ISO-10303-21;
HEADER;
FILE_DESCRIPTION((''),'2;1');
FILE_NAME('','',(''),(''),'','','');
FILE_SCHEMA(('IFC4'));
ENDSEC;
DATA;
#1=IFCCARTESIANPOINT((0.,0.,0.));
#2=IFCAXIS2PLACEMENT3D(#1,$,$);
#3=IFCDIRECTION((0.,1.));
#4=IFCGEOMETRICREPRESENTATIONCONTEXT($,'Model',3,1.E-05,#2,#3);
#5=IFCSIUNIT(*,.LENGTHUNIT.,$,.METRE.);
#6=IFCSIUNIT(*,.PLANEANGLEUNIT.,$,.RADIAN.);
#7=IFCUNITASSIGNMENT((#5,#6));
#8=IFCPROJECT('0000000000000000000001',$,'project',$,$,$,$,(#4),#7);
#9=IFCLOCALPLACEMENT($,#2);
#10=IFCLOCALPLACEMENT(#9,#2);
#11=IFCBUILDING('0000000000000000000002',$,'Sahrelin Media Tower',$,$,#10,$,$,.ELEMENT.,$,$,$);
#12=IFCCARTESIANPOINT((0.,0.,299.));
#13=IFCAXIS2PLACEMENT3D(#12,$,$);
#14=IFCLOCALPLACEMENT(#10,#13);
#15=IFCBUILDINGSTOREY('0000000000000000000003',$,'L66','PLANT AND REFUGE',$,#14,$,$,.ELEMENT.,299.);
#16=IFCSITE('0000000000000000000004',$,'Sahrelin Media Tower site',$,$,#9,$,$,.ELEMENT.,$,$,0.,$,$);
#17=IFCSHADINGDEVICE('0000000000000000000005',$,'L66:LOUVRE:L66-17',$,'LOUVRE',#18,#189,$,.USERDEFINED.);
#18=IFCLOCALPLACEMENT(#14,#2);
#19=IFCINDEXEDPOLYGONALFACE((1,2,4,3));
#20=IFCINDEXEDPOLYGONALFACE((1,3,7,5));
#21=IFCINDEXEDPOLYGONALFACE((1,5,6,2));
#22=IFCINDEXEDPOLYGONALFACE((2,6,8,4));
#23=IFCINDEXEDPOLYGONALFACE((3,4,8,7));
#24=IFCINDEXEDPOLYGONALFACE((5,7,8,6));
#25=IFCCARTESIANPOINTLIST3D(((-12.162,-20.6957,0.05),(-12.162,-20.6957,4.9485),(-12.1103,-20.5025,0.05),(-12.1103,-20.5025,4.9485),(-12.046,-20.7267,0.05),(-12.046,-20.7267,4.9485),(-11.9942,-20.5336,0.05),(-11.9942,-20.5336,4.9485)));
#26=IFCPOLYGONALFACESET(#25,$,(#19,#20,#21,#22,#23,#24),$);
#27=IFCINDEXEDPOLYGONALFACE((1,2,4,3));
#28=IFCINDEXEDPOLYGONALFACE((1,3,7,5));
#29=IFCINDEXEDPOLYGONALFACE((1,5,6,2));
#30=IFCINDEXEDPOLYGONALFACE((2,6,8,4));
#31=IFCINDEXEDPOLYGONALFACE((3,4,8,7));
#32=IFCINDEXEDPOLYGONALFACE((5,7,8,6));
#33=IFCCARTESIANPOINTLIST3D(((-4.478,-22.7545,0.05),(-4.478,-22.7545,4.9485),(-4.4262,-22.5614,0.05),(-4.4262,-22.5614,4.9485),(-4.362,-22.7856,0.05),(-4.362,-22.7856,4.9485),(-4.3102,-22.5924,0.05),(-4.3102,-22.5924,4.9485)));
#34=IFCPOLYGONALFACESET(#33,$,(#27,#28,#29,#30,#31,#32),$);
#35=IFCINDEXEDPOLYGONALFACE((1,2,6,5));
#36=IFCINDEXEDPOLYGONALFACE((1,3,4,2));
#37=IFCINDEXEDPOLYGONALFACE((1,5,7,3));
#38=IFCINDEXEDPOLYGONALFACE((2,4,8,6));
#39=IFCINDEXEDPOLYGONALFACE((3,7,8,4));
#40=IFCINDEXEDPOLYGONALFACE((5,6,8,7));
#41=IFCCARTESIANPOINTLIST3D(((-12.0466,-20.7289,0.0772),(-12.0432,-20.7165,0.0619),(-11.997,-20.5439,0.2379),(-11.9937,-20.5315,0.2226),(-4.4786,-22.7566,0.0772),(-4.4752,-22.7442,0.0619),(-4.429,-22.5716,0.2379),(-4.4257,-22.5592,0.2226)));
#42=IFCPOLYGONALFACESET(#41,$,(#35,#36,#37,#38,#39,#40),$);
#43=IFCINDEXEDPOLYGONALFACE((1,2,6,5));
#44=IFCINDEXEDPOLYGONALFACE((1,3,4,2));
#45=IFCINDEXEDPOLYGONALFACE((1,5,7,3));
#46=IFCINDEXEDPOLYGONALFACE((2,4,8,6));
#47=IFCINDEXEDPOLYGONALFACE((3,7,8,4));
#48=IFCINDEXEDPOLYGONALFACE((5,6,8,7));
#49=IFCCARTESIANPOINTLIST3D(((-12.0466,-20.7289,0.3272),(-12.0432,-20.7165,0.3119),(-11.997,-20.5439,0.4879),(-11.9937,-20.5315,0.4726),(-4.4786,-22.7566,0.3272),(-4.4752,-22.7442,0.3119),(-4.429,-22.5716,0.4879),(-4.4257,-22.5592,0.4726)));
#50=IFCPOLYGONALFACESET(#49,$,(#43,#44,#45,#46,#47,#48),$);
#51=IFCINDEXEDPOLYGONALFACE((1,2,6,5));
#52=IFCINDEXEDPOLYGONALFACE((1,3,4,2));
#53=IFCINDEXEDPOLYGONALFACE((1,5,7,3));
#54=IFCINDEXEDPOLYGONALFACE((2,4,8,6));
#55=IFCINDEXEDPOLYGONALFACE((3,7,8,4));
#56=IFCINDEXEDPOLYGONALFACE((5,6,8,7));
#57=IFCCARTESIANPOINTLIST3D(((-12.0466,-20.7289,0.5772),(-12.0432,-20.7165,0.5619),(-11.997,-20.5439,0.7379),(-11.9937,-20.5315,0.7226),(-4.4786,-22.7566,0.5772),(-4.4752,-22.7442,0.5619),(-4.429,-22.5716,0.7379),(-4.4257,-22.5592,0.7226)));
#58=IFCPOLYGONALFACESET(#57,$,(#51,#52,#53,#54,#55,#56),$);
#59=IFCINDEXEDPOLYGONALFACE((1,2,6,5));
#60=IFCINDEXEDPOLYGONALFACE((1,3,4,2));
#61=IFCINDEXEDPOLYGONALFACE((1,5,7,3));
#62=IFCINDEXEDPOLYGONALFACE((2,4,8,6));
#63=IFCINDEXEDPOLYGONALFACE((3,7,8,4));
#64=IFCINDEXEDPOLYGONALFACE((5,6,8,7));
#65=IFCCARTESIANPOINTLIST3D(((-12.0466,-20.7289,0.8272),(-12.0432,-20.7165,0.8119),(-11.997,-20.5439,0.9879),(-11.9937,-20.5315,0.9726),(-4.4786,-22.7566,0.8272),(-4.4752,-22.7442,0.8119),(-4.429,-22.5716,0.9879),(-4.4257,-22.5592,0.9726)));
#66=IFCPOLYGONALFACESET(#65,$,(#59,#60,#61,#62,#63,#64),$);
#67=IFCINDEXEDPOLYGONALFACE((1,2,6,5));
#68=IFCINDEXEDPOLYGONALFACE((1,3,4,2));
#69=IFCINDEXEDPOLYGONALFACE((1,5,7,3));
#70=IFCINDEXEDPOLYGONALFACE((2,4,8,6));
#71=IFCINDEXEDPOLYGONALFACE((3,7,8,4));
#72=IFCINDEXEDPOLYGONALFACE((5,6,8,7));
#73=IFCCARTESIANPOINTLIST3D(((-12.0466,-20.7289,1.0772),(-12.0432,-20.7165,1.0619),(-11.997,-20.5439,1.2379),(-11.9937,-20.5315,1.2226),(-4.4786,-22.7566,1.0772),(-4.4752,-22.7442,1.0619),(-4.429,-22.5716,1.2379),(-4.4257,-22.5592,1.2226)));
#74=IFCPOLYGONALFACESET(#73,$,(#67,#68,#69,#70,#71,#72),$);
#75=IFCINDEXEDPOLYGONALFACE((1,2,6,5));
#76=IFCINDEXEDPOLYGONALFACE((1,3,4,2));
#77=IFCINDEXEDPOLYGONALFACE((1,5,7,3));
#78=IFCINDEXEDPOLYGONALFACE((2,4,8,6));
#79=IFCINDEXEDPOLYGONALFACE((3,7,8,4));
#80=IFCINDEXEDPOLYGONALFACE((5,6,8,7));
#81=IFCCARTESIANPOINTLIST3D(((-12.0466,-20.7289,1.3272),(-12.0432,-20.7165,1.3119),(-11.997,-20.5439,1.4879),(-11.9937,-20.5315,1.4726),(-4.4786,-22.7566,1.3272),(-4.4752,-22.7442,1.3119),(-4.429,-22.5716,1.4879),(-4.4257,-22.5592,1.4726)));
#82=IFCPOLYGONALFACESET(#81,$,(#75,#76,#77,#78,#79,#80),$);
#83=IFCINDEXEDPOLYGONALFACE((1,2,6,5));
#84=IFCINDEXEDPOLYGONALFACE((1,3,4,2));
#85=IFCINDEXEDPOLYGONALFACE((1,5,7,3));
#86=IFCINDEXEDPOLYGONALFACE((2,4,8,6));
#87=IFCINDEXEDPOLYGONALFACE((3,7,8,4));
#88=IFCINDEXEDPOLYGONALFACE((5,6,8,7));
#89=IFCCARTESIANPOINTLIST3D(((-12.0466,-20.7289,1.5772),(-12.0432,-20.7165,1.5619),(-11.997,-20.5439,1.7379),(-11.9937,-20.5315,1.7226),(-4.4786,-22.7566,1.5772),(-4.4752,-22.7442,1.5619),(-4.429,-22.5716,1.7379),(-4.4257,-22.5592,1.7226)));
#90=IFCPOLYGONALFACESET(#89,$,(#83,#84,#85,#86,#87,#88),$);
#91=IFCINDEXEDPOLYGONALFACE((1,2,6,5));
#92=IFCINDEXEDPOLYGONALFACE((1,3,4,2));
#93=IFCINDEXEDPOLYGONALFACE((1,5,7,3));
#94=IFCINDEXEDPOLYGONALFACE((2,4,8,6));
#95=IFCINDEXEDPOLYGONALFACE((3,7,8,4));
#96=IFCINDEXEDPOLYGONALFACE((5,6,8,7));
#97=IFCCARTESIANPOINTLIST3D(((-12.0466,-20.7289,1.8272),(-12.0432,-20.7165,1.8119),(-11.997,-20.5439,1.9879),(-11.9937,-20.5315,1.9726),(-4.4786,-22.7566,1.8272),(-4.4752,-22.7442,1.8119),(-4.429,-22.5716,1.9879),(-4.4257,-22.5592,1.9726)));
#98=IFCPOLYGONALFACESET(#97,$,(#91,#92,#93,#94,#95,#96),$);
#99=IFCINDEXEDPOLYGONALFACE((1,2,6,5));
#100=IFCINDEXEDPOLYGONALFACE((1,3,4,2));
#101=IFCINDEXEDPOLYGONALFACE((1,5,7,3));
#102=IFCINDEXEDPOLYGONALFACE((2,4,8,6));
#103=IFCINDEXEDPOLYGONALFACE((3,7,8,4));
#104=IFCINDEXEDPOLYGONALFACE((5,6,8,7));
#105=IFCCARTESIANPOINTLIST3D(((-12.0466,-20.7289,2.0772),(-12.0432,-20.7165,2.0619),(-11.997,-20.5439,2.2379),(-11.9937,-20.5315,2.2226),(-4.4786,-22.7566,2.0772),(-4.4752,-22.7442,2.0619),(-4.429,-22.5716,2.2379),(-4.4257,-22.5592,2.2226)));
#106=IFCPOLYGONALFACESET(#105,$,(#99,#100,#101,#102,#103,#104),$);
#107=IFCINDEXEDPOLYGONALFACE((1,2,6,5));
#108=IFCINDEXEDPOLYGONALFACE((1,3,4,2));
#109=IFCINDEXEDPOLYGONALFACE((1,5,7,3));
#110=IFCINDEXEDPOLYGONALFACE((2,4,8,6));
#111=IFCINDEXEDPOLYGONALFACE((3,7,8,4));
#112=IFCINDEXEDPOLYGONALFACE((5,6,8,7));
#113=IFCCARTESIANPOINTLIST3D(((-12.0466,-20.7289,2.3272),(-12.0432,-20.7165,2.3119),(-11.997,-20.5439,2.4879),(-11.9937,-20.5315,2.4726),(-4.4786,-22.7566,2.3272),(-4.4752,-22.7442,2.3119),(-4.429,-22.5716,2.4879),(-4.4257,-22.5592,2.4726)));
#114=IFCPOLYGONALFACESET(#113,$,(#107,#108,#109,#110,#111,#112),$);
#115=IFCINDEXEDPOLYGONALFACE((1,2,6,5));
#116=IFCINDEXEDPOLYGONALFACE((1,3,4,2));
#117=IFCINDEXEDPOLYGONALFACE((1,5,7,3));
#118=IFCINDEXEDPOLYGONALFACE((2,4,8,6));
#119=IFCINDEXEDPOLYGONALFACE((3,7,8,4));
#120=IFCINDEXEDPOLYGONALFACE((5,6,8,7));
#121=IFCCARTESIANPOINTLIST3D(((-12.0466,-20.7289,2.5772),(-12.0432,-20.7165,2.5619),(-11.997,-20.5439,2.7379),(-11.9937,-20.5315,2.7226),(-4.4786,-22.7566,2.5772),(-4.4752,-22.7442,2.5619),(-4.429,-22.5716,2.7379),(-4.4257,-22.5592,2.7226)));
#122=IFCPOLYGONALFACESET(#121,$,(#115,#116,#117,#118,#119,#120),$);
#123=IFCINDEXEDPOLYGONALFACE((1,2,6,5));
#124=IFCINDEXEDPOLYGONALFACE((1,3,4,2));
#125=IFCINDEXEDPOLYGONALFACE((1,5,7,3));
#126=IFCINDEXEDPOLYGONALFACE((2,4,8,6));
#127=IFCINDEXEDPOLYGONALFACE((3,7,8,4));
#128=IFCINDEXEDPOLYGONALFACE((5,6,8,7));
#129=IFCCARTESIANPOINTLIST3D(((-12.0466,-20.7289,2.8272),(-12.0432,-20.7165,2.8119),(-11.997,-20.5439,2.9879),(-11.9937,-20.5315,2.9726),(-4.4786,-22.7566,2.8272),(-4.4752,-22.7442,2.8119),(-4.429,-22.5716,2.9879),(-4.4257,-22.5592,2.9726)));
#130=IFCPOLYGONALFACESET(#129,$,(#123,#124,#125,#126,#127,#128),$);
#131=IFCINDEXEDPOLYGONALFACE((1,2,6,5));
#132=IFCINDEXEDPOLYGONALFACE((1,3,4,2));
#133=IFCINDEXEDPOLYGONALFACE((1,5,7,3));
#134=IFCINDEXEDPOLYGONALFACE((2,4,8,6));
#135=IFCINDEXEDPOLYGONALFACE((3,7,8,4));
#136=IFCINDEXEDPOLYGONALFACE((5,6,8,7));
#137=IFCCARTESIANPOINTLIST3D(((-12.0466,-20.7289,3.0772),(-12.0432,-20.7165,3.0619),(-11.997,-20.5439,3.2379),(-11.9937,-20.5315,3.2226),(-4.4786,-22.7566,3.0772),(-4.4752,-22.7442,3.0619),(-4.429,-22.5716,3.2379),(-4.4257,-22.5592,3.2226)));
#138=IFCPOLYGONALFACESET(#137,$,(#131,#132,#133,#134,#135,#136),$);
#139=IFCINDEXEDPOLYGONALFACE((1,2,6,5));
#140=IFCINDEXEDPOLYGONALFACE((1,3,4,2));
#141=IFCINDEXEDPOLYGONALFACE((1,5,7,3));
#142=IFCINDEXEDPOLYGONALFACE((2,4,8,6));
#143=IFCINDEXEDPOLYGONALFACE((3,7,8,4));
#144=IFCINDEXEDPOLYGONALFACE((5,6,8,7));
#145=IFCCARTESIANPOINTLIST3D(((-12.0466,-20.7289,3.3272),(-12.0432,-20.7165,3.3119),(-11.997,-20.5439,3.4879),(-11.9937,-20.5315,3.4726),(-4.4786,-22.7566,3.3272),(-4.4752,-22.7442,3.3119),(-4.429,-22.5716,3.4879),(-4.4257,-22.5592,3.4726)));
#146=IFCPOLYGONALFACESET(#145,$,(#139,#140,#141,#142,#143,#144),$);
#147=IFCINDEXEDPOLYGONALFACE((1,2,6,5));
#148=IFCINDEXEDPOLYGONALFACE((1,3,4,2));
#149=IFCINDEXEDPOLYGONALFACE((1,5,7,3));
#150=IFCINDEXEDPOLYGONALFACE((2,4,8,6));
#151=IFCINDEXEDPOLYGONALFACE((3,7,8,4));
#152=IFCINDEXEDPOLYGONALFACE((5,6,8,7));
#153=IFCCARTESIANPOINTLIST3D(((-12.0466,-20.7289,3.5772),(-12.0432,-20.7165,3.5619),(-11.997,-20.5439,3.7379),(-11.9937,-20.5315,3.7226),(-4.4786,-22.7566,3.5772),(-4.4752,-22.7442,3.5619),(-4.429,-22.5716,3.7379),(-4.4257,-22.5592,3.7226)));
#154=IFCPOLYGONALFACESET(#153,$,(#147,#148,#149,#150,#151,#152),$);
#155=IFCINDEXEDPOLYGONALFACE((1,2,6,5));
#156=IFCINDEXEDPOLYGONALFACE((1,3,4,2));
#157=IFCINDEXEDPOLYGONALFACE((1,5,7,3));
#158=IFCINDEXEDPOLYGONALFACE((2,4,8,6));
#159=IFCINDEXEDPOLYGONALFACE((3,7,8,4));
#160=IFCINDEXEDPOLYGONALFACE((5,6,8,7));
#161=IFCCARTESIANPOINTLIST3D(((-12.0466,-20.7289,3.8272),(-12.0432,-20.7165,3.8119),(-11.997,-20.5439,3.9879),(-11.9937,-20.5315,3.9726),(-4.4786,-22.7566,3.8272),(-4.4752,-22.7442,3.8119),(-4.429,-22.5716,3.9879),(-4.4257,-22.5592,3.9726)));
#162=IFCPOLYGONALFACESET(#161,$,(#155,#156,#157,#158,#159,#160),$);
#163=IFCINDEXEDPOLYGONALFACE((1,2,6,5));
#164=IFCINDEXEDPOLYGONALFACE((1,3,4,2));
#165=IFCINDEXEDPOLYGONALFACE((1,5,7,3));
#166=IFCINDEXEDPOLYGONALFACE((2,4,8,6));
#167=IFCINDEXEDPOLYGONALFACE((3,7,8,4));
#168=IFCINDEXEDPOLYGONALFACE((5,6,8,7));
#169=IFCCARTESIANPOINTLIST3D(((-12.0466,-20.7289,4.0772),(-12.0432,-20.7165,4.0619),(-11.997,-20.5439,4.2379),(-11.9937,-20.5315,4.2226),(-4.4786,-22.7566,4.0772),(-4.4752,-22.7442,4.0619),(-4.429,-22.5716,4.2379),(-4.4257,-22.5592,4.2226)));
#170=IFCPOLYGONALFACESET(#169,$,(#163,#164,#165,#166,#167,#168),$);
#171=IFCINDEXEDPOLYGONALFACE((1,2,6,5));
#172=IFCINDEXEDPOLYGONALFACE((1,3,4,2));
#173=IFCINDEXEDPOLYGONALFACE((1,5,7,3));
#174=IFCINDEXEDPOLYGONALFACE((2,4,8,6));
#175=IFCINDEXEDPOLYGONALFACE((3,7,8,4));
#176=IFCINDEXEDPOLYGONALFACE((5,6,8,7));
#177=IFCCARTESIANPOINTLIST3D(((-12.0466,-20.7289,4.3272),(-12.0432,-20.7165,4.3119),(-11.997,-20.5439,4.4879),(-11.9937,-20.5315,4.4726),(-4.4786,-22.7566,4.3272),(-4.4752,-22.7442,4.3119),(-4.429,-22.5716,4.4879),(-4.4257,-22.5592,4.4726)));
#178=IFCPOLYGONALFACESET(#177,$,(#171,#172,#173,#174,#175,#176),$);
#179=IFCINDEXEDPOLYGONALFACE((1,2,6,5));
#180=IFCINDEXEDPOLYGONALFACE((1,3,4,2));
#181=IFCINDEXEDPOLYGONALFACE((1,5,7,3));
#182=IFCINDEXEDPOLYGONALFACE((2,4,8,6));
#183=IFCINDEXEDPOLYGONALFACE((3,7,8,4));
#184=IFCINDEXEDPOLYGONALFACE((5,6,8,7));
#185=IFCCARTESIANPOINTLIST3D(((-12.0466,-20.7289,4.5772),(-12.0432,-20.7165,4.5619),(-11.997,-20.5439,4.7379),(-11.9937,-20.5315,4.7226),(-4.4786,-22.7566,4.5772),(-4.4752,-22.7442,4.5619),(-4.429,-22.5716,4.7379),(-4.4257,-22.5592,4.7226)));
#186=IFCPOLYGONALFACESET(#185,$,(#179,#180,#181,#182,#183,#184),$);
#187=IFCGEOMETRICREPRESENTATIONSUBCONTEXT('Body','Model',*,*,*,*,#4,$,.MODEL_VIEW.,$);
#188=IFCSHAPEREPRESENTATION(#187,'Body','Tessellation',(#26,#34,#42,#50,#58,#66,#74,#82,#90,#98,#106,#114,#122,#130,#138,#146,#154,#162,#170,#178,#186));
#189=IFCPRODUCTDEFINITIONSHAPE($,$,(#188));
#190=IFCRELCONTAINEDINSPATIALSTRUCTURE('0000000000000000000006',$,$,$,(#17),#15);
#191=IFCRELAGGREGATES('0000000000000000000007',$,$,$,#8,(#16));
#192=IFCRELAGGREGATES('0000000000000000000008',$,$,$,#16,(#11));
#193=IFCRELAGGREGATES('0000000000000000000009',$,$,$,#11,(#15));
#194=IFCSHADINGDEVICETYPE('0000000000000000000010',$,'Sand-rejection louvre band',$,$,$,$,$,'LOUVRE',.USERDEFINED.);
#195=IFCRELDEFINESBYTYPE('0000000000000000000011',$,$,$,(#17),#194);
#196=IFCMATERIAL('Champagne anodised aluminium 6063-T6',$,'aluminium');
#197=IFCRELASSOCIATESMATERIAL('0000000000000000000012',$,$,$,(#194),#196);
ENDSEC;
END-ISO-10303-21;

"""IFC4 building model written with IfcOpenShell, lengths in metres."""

from ifc_helpers import new_model, si_unit, direction, frame, origin, origin_2d, place, context, subcontext, project, spatial, rectangle, extrude, material, type_object, element, save


model = new_model("IFC4")

# Units and contexts
model_context = context("Model", 3, precision=1e-05, world=origin(), true_north=direction((0.0, 1.0)))
body_context = subcontext(model_context, "Body", "Model", "MODEL_VIEW")
ifc_project = project(units=[si_unit("LENGTHUNIT", "METRE"), si_unit("PLANEANGLEUNIT", "RADIAN")], contexts=[model_context])

# Site, building, storey
site_placement = place(None, origin())
site = spatial("IfcSite", under=ifc_project, at=site_placement, Name="Sahrelin Media Tower site", CompositionType="ELEMENT", RefElevation=0.0)
building_placement = place(site_placement, origin())
building = spatial("IfcBuilding", under=site, at=building_placement, Name="Sahrelin Media Tower", CompositionType="ELEMENT")
storey_placement = place(building_placement, frame((0.0, 0.0, 299.0)))
storey = spatial("IfcBuildingStorey", under=building, at=storey_placement, Name="L66", Description="PLANT AND REFUGE", CompositionType="ELEMENT", Elevation=299.0)

# Shared definitions
ifc_material_1 = material(Name="Champagne anodised aluminium 6063-T6", Category="aluminium")

# Shading device
shading_device_type = type_object("IfcShadingDeviceType", Name="Sand-rejection louvre band", ElementType="LOUVRE", PredefinedType="USERDEFINED", material=ifc_material_1)
shading_device_1_placement = place(storey_placement, frame((-8.2102, -21.5474, 0.0), z_axis=(0.0, 0.0, 1.0), x_axis=(-0.965929, 0.258808, 0.0)))
element("IfcShadingDevice", 1, at=shading_device_1_placement, inside=storey, type_object=shading_device_type, Name="L66:LOUVRE:L66-17", ObjectType="LOUVRE", PredefinedType="USERDEFINED", context=body_context, shape_type="SweptSolid", body=[
    extrude(rectangle(XDim=0.1201, YDim=0.2, at=origin_2d()), frame((3.9775, 0.1001, 0.05), z_axis=(0.0, 0.0, 1.0), x_axis=(1.0, 0.0, 0.0)), (0.0, 0.0, 1.0), 4.8984),
    extrude(rectangle(XDim=0.1201, YDim=0.2, at=origin_2d()), frame((-3.9775, 0.1001, 0.05), z_axis=(0.0, 0.0, 1.0), x_axis=(1.0, 0.0, 0.0)), (0.0, 0.0, 1.0), 4.8984),
    extrude(rectangle(XDim=0.25, YDim=0.02, at=origin_2d()), frame((3.9175, 0.1001, 0.1499), z_axis=(-1.0, 0.0, 0.0), x_axis=(0.0, -0.766044, 0.642788)), (0.0, 0.0, 1.0), 7.835),
    extrude(rectangle(XDim=0.25, YDim=0.02, at=origin_2d()), frame((3.9175, 0.1001, 0.3999), z_axis=(-1.0, 0.0, 0.0), x_axis=(0.0, -0.766044, 0.642788)), (0.0, 0.0, 1.0), 7.835),
    extrude(rectangle(XDim=0.25, YDim=0.02, at=origin_2d()), frame((3.9175, 0.1001, 0.6499), z_axis=(-1.0, 0.0, 0.0), x_axis=(0.0, -0.766044, 0.642788)), (0.0, 0.0, 1.0), 7.835),
    extrude(rectangle(XDim=0.25, YDim=0.02, at=origin_2d()), frame((3.9175, 0.1001, 0.8999), z_axis=(-1.0, 0.0, 0.0), x_axis=(0.0, -0.766044, 0.642788)), (0.0, 0.0, 1.0), 7.835),
    extrude(rectangle(XDim=0.25, YDim=0.02, at=origin_2d()), frame((3.9175, 0.1001, 1.1499), z_axis=(-1.0, 0.0, 0.0), x_axis=(0.0, -0.766044, 0.642788)), (0.0, 0.0, 1.0), 7.835),
    extrude(rectangle(XDim=0.25, YDim=0.02, at=origin_2d()), frame((3.9175, 0.1001, 1.3999), z_axis=(-1.0, 0.0, 0.0), x_axis=(0.0, -0.766044, 0.642788)), (0.0, 0.0, 1.0), 7.835),
    extrude(rectangle(XDim=0.25, YDim=0.02, at=origin_2d()), frame((3.9175, 0.1001, 1.6499), z_axis=(-1.0, 0.0, 0.0), x_axis=(0.0, -0.766044, 0.642788)), (0.0, 0.0, 1.0), 7.835),
    extrude(rectangle(XDim=0.25, YDim=0.02, at=origin_2d()), frame((3.9175, 0.1001, 1.8999), z_axis=(-1.0, 0.0, 0.0), x_axis=(0.0, -0.766044, 0.642788)), (0.0, 0.0, 1.0), 7.835),
    extrude(rectangle(XDim=0.25, YDim=0.02, at=origin_2d()), frame((3.9175, 0.1001, 2.1499), z_axis=(-1.0, 0.0, 0.0), x_axis=(0.0, -0.766044, 0.642788)), (0.0, 0.0, 1.0), 7.835),
    extrude(rectangle(XDim=0.25, YDim=0.02, at=origin_2d()), frame((3.9175, 0.1001, 2.3999), z_axis=(-1.0, 0.0, 0.0), x_axis=(0.0, -0.766044, 0.642788)), (0.0, 0.0, 1.0), 7.835),
    extrude(rectangle(XDim=0.25, YDim=0.02, at=origin_2d()), frame((3.9175, 0.1001, 2.6499), z_axis=(-1.0, 0.0, 0.0), x_axis=(0.0, -0.766044, 0.642788)), (0.0, 0.0, 1.0), 7.835),
    extrude(rectangle(XDim=0.25, YDim=0.02, at=origin_2d()), frame((3.9175, 0.1001, 2.8999), z_axis=(-1.0, 0.0, 0.0), x_axis=(0.0, -0.766044, 0.642788)), (0.0, 0.0, 1.0), 7.835),
    extrude(rectangle(XDim=0.25, YDim=0.02, at=origin_2d()), frame((3.9175, 0.1001, 3.1499), z_axis=(-1.0, 0.0, 0.0), x_axis=(0.0, -0.766044, 0.642788)), (0.0, 0.0, 1.0), 7.835),
    extrude(rectangle(XDim=0.25, YDim=0.02, at=origin_2d()), frame((3.9175, 0.1001, 3.3999), z_axis=(-1.0, 0.0, 0.0), x_axis=(0.0, -0.766044, 0.642788)), (0.0, 0.0, 1.0), 7.835),
    extrude(rectangle(XDim=0.25, YDim=0.02, at=origin_2d()), frame((3.9175, 0.1001, 3.6499), z_axis=(-1.0, 0.0, 0.0), x_axis=(0.0, -0.766044, 0.642788)), (0.0, 0.0, 1.0), 7.835),
    extrude(rectangle(XDim=0.25, YDim=0.02, at=origin_2d()), frame((3.9175, 0.1001, 3.8999), z_axis=(-1.0, 0.0, 0.0), x_axis=(0.0, -0.766044, 0.642788)), (0.0, 0.0, 1.0), 7.835),
    extrude(rectangle(XDim=0.25, YDim=0.02, at=origin_2d()), frame((3.9175, 0.1001, 4.1499), z_axis=(-1.0, 0.0, 0.0), x_axis=(0.0, -0.766044, 0.642788)), (0.0, 0.0, 1.0), 7.835),
    extrude(rectangle(XDim=0.25, YDim=0.02, at=origin_2d()), frame((3.9175, 0.1001, 4.3999), z_axis=(-1.0, 0.0, 0.0), x_axis=(0.0, -0.766044, 0.642788)), (0.0, 0.0, 1.0), 7.835),
    extrude(rectangle(XDim=0.25, YDim=0.02, at=origin_2d()), frame((3.9175, 0.1001, 4.6499), z_axis=(-1.0, 0.0, 0.0), x_axis=(0.0, -0.766044, 0.642788)), (0.0, 0.0, 1.0), 7.835),
])

save(model, "model.ifc")
